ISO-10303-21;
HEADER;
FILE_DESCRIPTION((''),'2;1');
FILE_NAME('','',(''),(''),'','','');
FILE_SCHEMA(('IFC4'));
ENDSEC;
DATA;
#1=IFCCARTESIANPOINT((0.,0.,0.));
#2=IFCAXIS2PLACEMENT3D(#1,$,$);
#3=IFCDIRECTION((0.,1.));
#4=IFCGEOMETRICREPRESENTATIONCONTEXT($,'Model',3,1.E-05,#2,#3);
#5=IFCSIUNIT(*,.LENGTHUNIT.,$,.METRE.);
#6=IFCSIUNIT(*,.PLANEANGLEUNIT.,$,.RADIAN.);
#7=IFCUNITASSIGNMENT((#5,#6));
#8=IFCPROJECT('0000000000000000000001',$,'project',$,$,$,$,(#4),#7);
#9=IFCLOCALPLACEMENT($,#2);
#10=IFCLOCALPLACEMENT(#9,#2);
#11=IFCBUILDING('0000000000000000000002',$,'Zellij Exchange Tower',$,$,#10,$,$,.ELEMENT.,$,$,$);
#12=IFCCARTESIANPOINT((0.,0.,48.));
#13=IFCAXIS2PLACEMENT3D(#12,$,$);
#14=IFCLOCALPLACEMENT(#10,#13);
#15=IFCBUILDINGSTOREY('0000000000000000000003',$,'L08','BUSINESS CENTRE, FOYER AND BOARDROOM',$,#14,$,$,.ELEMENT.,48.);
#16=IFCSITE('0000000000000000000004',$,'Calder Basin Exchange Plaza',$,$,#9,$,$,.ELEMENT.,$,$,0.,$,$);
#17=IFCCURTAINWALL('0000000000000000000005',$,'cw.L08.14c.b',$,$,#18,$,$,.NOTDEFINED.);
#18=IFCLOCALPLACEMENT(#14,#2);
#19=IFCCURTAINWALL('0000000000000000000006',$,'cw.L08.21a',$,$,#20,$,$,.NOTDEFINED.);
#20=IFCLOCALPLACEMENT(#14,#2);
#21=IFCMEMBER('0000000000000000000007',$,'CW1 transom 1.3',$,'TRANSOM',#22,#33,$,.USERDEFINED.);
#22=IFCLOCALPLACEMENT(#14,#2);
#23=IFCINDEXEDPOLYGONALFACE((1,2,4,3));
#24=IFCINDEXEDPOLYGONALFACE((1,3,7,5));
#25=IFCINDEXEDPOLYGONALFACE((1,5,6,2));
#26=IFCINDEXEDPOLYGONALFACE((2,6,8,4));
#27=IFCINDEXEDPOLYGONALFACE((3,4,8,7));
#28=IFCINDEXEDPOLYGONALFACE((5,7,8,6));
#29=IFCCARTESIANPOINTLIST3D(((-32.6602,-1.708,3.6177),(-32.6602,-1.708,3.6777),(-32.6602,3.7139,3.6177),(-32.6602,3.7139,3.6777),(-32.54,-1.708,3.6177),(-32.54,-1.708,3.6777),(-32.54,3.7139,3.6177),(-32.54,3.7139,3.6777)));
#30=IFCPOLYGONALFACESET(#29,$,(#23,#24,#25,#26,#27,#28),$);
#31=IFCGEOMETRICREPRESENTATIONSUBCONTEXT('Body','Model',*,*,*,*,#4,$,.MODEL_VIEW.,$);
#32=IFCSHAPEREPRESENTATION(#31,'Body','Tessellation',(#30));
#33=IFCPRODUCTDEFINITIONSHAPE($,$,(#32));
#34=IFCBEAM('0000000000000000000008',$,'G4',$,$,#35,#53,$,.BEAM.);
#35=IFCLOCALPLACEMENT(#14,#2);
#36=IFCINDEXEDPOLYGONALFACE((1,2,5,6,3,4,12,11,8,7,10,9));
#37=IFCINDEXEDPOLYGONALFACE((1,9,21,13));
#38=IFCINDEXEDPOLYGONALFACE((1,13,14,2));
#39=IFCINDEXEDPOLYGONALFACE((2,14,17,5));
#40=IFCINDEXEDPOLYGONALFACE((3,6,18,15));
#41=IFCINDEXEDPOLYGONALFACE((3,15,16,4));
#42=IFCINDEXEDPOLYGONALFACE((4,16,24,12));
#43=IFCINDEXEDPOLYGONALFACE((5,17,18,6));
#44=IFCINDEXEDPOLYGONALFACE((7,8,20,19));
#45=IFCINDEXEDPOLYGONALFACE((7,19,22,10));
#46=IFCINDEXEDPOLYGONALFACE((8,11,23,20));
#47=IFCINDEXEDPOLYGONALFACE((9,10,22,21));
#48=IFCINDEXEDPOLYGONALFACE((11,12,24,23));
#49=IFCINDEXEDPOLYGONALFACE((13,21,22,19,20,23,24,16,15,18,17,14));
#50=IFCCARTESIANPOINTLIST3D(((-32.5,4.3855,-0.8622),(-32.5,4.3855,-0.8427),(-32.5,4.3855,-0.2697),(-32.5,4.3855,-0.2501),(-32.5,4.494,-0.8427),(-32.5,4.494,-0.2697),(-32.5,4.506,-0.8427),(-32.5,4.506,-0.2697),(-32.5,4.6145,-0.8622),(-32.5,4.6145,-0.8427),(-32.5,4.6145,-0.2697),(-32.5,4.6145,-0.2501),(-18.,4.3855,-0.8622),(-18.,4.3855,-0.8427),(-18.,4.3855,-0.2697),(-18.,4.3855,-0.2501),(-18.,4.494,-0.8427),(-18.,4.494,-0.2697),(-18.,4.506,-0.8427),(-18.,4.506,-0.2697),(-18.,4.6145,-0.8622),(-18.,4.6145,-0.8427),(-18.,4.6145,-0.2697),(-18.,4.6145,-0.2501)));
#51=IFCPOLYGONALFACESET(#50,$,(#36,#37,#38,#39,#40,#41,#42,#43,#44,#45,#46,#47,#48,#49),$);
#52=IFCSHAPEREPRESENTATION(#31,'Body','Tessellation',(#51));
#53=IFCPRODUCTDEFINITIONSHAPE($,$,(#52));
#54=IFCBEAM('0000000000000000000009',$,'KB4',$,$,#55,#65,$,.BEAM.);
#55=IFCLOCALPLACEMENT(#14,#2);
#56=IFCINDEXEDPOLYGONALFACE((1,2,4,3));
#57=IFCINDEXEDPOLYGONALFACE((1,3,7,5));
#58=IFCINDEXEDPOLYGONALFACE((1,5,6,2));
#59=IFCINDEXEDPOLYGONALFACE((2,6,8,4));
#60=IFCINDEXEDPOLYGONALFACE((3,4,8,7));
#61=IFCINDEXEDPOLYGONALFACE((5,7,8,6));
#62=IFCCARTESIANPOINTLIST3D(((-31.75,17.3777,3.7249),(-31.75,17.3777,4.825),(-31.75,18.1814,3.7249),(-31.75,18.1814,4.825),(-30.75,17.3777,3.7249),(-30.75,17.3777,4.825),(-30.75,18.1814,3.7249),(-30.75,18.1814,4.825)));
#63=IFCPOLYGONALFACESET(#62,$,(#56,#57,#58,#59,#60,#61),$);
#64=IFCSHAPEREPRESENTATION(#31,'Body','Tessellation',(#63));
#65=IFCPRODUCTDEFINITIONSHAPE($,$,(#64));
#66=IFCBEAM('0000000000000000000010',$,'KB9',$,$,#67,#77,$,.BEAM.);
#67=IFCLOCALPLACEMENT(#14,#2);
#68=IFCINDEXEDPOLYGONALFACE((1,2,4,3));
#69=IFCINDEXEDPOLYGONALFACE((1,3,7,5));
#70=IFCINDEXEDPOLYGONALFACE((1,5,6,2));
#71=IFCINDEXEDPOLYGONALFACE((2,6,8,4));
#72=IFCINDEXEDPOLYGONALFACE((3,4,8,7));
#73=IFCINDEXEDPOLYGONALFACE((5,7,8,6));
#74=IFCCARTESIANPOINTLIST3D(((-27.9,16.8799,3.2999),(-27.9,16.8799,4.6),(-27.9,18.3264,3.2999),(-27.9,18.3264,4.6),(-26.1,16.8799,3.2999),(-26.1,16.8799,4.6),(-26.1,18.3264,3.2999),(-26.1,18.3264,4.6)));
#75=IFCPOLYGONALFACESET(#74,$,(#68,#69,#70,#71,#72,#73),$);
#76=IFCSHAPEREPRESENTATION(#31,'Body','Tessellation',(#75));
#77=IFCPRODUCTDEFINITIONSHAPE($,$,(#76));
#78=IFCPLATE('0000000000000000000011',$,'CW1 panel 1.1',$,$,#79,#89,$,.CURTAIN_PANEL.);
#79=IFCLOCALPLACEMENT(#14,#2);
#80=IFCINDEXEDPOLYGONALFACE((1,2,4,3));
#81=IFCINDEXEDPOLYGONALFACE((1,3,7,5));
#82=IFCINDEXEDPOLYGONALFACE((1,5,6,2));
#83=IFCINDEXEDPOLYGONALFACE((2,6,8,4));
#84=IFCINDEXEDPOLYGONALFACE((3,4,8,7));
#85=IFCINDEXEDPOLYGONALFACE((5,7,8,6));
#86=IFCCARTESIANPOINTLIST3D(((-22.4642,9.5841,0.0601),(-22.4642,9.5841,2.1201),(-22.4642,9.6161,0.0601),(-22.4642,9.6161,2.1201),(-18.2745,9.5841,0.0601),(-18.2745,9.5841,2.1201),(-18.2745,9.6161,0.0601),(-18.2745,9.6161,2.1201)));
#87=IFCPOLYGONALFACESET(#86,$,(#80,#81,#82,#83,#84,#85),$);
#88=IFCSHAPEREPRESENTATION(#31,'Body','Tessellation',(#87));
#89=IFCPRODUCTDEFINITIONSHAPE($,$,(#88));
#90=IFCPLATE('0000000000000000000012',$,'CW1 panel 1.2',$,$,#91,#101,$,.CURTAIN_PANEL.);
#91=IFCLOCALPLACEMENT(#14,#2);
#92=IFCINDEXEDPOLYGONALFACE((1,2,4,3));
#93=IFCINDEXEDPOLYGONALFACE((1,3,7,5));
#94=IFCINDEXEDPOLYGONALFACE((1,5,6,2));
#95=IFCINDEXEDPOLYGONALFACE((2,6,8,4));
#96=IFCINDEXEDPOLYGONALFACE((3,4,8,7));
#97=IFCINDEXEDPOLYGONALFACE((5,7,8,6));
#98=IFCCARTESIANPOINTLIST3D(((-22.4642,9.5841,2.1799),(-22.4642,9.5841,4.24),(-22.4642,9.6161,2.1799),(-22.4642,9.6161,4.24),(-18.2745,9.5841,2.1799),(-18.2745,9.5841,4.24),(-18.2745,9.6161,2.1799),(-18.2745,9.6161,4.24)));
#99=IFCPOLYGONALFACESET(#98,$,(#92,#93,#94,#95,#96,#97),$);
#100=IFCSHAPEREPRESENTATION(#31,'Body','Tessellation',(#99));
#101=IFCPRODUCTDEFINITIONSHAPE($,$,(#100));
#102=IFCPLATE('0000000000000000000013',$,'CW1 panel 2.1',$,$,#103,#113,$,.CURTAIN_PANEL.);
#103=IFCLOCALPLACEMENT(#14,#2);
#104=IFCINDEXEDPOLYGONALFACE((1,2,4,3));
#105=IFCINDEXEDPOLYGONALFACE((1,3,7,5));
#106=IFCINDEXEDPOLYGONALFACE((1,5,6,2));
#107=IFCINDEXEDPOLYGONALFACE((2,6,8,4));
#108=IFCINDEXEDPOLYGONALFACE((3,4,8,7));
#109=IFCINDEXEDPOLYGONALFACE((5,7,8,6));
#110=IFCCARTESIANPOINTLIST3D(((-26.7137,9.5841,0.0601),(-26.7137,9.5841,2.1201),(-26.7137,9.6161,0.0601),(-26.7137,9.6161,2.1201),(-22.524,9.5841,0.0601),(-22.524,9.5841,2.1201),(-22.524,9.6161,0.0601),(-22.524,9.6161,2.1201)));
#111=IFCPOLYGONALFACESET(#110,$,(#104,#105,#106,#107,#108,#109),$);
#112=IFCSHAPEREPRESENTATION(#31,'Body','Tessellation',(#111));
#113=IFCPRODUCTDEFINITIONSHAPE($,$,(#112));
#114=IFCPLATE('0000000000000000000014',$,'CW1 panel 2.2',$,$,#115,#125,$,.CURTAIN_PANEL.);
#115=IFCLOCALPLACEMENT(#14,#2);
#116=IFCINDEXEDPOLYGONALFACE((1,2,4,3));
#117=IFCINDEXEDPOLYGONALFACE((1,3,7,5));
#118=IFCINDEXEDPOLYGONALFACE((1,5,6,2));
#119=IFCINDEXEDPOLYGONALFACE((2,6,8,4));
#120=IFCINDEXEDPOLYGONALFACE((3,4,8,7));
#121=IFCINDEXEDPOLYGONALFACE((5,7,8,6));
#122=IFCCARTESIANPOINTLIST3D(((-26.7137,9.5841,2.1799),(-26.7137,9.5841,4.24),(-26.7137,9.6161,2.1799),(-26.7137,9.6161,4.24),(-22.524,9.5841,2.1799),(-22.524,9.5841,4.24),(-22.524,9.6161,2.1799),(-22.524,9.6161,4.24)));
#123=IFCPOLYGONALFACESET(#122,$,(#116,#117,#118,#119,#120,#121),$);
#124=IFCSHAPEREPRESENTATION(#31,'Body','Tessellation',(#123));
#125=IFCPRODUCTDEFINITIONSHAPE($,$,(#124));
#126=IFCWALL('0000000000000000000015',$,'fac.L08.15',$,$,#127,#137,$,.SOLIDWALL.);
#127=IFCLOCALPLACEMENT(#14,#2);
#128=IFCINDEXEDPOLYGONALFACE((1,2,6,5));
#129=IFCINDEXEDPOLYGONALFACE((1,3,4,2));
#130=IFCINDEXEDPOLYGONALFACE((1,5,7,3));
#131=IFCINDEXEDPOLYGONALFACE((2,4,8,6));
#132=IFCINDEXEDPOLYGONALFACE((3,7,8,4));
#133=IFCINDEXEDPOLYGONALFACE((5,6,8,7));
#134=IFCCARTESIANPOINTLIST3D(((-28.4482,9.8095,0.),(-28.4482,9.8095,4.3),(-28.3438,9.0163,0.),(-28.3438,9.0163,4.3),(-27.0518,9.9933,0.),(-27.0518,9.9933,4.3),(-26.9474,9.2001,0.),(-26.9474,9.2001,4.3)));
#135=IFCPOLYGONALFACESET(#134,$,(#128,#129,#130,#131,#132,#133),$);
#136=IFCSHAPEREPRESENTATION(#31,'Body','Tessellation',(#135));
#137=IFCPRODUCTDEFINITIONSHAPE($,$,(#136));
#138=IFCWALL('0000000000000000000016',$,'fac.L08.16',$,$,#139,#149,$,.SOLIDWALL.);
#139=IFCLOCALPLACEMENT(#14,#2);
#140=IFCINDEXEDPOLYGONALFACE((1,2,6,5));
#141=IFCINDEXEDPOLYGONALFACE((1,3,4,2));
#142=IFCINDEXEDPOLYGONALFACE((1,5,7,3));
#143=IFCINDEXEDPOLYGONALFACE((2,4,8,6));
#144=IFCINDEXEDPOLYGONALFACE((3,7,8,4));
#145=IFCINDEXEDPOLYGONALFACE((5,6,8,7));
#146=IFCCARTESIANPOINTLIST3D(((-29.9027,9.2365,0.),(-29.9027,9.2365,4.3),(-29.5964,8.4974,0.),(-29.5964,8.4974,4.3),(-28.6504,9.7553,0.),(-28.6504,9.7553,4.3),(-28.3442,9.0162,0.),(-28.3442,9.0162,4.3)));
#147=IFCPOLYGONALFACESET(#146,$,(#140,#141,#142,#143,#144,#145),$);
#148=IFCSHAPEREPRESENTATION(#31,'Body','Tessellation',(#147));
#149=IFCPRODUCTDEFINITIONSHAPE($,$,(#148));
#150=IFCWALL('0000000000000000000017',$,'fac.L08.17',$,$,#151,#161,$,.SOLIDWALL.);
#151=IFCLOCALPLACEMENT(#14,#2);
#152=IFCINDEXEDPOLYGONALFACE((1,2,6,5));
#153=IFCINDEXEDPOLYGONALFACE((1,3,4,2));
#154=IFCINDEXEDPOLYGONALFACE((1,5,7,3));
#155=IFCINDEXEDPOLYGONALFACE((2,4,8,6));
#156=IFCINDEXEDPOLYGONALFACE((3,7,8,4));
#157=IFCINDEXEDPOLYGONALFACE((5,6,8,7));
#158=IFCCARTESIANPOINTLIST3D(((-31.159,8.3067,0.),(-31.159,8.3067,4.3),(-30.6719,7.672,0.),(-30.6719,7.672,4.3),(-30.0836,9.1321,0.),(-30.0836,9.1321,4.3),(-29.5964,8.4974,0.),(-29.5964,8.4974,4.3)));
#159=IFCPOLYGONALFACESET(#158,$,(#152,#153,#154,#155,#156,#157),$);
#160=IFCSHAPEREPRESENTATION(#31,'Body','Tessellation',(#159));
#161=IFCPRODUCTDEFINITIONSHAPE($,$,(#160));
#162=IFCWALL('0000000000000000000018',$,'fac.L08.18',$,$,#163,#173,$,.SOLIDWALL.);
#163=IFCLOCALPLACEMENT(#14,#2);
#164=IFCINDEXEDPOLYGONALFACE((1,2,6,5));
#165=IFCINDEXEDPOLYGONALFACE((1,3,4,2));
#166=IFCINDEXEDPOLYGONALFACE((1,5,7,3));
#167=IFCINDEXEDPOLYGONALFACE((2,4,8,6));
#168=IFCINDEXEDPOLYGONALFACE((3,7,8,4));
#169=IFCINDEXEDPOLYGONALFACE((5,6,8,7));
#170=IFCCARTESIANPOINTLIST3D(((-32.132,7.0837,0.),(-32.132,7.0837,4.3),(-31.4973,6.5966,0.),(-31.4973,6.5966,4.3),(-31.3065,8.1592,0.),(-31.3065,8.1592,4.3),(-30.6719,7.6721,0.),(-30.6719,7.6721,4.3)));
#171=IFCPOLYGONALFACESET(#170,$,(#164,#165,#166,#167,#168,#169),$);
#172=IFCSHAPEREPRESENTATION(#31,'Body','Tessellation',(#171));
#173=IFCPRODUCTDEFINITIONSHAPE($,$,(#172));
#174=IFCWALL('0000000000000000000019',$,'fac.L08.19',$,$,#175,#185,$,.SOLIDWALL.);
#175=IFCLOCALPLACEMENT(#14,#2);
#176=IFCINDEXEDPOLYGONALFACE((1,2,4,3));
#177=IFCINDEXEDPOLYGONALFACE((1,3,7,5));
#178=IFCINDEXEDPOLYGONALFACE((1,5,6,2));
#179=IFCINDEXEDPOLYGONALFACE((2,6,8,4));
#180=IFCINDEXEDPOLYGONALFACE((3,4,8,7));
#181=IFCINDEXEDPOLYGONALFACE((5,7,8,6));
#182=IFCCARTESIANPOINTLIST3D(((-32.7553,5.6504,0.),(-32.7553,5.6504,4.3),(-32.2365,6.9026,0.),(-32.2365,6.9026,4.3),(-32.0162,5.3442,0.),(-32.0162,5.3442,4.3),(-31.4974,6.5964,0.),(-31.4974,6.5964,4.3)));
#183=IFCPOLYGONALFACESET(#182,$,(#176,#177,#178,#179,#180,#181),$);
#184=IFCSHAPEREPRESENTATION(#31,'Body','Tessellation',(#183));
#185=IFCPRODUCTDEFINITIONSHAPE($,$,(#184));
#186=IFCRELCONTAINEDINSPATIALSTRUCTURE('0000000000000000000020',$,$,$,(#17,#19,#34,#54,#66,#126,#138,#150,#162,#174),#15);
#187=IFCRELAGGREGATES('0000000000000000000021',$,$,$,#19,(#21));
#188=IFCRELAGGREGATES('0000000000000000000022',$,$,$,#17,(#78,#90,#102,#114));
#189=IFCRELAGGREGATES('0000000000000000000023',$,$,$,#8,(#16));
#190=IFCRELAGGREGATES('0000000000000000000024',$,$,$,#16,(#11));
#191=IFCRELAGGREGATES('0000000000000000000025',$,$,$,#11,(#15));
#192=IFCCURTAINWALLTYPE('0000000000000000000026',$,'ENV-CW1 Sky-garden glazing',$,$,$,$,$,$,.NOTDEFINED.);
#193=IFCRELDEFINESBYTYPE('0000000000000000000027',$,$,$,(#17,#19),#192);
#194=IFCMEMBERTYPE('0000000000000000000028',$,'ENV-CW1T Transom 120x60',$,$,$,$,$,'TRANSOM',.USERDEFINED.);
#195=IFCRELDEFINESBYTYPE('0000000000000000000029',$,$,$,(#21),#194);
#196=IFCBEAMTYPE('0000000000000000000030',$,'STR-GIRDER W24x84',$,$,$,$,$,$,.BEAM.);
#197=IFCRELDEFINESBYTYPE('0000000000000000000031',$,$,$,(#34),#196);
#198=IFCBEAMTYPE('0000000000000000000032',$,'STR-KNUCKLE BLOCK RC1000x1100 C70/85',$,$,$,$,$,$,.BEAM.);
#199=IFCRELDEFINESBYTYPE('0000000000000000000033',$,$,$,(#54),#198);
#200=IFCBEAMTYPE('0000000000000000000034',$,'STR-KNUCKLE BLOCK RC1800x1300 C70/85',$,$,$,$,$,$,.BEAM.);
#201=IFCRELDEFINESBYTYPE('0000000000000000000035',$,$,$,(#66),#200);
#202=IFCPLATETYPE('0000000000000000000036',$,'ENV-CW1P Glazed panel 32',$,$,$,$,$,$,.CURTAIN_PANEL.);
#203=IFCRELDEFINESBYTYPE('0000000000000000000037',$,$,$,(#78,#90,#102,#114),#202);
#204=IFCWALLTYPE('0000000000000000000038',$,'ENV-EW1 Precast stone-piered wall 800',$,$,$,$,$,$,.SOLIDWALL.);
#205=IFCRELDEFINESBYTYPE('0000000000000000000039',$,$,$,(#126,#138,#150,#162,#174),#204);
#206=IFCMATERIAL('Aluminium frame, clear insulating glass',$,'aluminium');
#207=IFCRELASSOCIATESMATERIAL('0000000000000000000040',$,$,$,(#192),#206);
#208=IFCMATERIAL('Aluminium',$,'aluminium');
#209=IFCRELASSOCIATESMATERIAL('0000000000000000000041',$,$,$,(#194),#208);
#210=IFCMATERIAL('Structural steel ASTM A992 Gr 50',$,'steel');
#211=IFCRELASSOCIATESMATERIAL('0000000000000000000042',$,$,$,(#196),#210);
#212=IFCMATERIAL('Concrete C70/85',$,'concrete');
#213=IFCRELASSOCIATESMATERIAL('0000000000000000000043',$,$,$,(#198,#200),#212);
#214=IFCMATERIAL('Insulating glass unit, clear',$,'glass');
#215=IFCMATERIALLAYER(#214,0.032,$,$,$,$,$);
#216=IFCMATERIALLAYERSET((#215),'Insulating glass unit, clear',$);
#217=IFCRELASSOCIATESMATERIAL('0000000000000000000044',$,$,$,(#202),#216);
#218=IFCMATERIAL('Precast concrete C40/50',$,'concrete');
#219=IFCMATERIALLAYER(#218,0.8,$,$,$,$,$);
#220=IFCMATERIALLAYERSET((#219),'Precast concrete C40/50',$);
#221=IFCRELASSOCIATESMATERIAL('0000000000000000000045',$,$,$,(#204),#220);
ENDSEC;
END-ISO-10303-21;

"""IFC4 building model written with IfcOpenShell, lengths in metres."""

from ifc_helpers import new_model, si_unit, direction, frame, frame_2d, origin, origin_2d, place, context, subcontext, project, spatial, rectangle, i_section, extrude, material, layer, layer_set, material_profile, profile_set, type_object, element, aggregate, save


model = new_model("IFC4")

# Units and contexts
model_context = context("Model", 3, precision=1e-05, world=origin(), true_north=direction((0.0, 1.0)))
body_context = subcontext(model_context, "Body", "Model", "MODEL_VIEW")
ifc_project = project(units=[si_unit("LENGTHUNIT", "METRE"), si_unit("PLANEANGLEUNIT", "RADIAN")], contexts=[model_context])

# Site, building, storey
site_placement = place(None, origin())
site = spatial("IfcSite", under=ifc_project, at=site_placement, Name="Calder Basin Exchange Plaza", CompositionType="ELEMENT", RefElevation=0.0)
building_placement = place(site_placement, origin())
building = spatial("IfcBuilding", under=site, at=building_placement, Name="Zellij Exchange Tower", CompositionType="ELEMENT")
storey_placement = place(building_placement, frame((0.0, 0.0, 48.0)))
storey = spatial("IfcBuildingStorey", under=building, at=storey_placement, Name="L08", Description="BUSINESS CENTRE, FOYER AND BOARDROOM", CompositionType="ELEMENT", Elevation=48.0)

# Shared definitions
ifc_material_1 = material(Name="Concrete C70/85", Category="concrete")

# Curtain wall
ifc_material_2 = material(Name="Aluminium frame, clear insulating glass", Category="aluminium")
curtain_wall_type = type_object("IfcCurtainWallType", Name="ENV-CW1 Sky-garden glazing", PredefinedType="NOTDEFINED", material=ifc_material_2)
curtain_wall_1_placement = place(storey_placement, origin())
curtain_wall_1 = element("IfcCurtainWall", 1, at=curtain_wall_1_placement, inside=storey, type_object=curtain_wall_type, Name="cw.L08.14c.b", PredefinedType="NOTDEFINED")
ifc_material_3 = material(Name="Aluminium", Category="aluminium")

# Curtain wall
curtain_wall_2_placement = place(storey_placement, origin())
curtain_wall_2 = element("IfcCurtainWall", 2, at=curtain_wall_2_placement, inside=storey, type_object=curtain_wall_type, Name="cw.L08.21a", PredefinedType="NOTDEFINED")

# Member
ifc_material_profile_1 = material_profile(ifc_material_3, rectangle(XDim=0.1201, YDim=0.0601, at=origin_2d()), Name="AL 120x60")
ifc_profile_set_1 = profile_set([ifc_material_profile_1], Name="Aluminium")
member_type_1 = type_object("IfcMemberType", Name="ENV-CW1T Transom 120x60", ElementType="TRANSOM", PredefinedType="USERDEFINED", material=ifc_profile_set_1)
member_1_placement = place(storey_placement, frame((-32.6001, 3.7139, 3.6477), z_axis=(0.0, -1.0, 0.0), x_axis=(1.0, 0.0, 0.0)))
member_1 = element("IfcMember", 3, at=member_1_placement, type_object=member_type_1, Name="CW1 transom 1.3", ObjectType="TRANSOM", PredefinedType="USERDEFINED", context=body_context, shape_type="SweptSolid", body=[
    extrude(rectangle(XDim=0.1201, YDim=0.0601, at=origin_2d()), origin(), (0.0, 0.0, 1.0), 5.4219),
])
aggregate(curtain_wall_2, [member_1])

# Beams
ifc_material_4 = material(Name="Structural steel ASTM A992 Gr 50", Category="steel")
ifc_material_profile_2 = material_profile(ifc_material_4, i_section(OverallWidth=0.229, OverallDepth=0.6121, WebThickness=0.012, FlangeThickness=0.0195, at=origin_2d()), Name="W24x84")
ifc_profile_set_2 = profile_set([ifc_material_profile_2], Name="Structural steel ASTM A992 Gr 50")
beam_type_1 = type_object("IfcBeamType", Name="STR-GIRDER W24x84", PredefinedType="BEAM", material=ifc_profile_set_2)
beam_1_placement = place(storey_placement, frame((-32.5, 4.5, -0.5562), z_axis=(1.0, 0.0, 0.0), x_axis=(0.0, 1.0, 0.0)))
element("IfcBeam", 4, at=beam_1_placement, inside=storey, type_object=beam_type_1, Name="G4", PredefinedType="BEAM", context=body_context, shape_type="SweptSolid", body=[
    extrude(i_section(OverallWidth=0.229, OverallDepth=0.6121, WebThickness=0.012, FlangeThickness=0.0195, at=origin_2d()), origin(), (0.0, 0.0, 1.0), 14.5),
])
ifc_material_profile_3 = material_profile(ifc_material_1, rectangle(XDim=1.0, YDim=1.1001, at=origin_2d()), Name="STR-KNUCKLE BLOCK RC1000x1100 C70/85")
ifc_profile_set_3 = profile_set([ifc_material_profile_3], Name="Concrete C70/85")
beam_type_2 = type_object("IfcBeamType", Name="STR-KNUCKLE BLOCK RC1000x1100 C70/85", PredefinedType="BEAM", material=ifc_profile_set_3)
beam_2_placement = place(storey_placement, frame((-31.25, 17.3777, 4.2749), z_axis=(0.0, 1.0, 0.0), x_axis=(-1.0, 0.0, 0.0)))
element("IfcBeam", 5, at=beam_2_placement, inside=storey, type_object=beam_type_2, Name="KB4", PredefinedType="BEAM", context=body_context, shape_type="SweptSolid", body=[
    extrude(rectangle(XDim=1.0, YDim=1.1001, at=origin_2d()), origin(), (0.0, 0.0, 1.0), 0.8037),
])
ifc_material_profile_4 = material_profile(ifc_material_1, rectangle(XDim=1.8, YDim=1.3, at=origin_2d()), Name="STR-KNUCKLE BLOCK RC1800x1300 C70/85")
ifc_profile_set_4 = profile_set([ifc_material_profile_4], Name="Concrete C70/85")
beam_type_3 = type_object("IfcBeamType", Name="STR-KNUCKLE BLOCK RC1800x1300 C70/85", PredefinedType="BEAM", material=ifc_profile_set_4)
beam_3_placement = place(storey_placement, frame((-27.0, 16.8799, 3.95), z_axis=(0.0, 1.0, 0.0), x_axis=(-1.0, 0.0, 0.0)))
element("IfcBeam", 6, at=beam_3_placement, inside=storey, type_object=beam_type_3, Name="KB9", PredefinedType="BEAM", context=body_context, shape_type="SweptSolid", body=[
    extrude(rectangle(XDim=1.8, YDim=1.3, at=origin_2d()), origin(), (0.0, 0.0, 1.0), 1.4465),
])

# Plates
ifc_material_5 = material(Name="Insulating glass unit, clear", Category="glass")
ifc_layer_1 = layer(ifc_material_5, 0.032)
ifc_layer_set_1 = layer_set([ifc_layer_1], Name="Insulating glass unit, clear")
plate_type = type_object("IfcPlateType", Name="ENV-CW1P Glazed panel 32", PredefinedType="CURTAIN_PANEL", material=ifc_layer_set_1)
plate_1_placement = place(storey_placement, frame((-20.3694, 9.6001, 0.0601), z_axis=(0.0, 0.0, 1.0), x_axis=(-1.0, 0.0, 0.0)))
plate_1 = element("IfcPlate", 7, at=plate_1_placement, type_object=plate_type, Name="CW1 panel 1.1", PredefinedType="CURTAIN_PANEL", context=body_context, shape_type="SweptSolid", body=[
    extrude(rectangle(XDim=4.1897, YDim=0.032, at=origin_2d()), origin(), (0.0, 0.0, 1.0), 2.0601),
])
plate_2_placement = place(storey_placement, frame((-20.3694, 9.6001, 2.1799), z_axis=(0.0, 0.0, 1.0), x_axis=(-1.0, 0.0, 0.0)))
plate_2 = element("IfcPlate", 8, at=plate_2_placement, type_object=plate_type, Name="CW1 panel 1.2", PredefinedType="CURTAIN_PANEL", context=body_context, shape_type="SweptSolid", body=[
    extrude(rectangle(XDim=4.1897, YDim=0.032, at=origin_2d()), origin(), (0.0, 0.0, 1.0), 2.0601),
])
plate_3_placement = place(storey_placement, frame((-24.6189, 9.6001, 0.0601), z_axis=(0.0, 0.0, 1.0), x_axis=(-1.0, 0.0, 0.0)))
plate_3 = element("IfcPlate", 9, at=plate_3_placement, type_object=plate_type, Name="CW1 panel 2.1", PredefinedType="CURTAIN_PANEL", context=body_context, shape_type="SweptSolid", body=[
    extrude(rectangle(XDim=4.1897, YDim=0.032, at=origin_2d()), origin(), (0.0, 0.0, 1.0), 2.0601),
])
plate_4_placement = place(storey_placement, frame((-24.6189, 9.6001, 2.1799), z_axis=(0.0, 0.0, 1.0), x_axis=(-1.0, 0.0, 0.0)))
plate_4 = element("IfcPlate", 10, at=plate_4_placement, type_object=plate_type, Name="CW1 panel 2.2", PredefinedType="CURTAIN_PANEL", context=body_context, shape_type="SweptSolid", body=[
    extrude(rectangle(XDim=4.1897, YDim=0.032, at=origin_2d()), origin(), (0.0, 0.0, 1.0), 2.0601),
])
aggregate(curtain_wall_1, [plate_1, plate_2, plate_3, plate_4])

# Walls
ifc_material_6 = material(Name="Precast concrete C40/50", Category="concrete")
ifc_layer_2 = layer(ifc_material_6, 0.8)
ifc_layer_set_2 = layer_set([ifc_layer_2], Name="Precast concrete C40/50")
wall_type = type_object("IfcWallType", Name="ENV-EW1 Precast stone-piered wall 800", PredefinedType="SOLIDWALL", material=ifc_layer_set_2)
wall_1_placement = place(storey_placement, frame((-26.9998, 9.5967, 0.0), z_axis=(0.0, 0.0, 1.0), x_axis=(-0.991446, -0.130517, 0.0)))
element("IfcWall", 11, at=wall_1_placement, inside=storey, type_object=wall_type, Name="fac.L08.15", PredefinedType="SOLIDWALL", context=body_context, shape_type="SweptSolid", body=[
    extrude(rectangle(XDim=1.4084, YDim=0.8, at=frame_2d((0.7041, 0.0))), origin(), (0.0, 0.0, 1.0), 4.3),
])
wall_2_placement = place(storey_placement, frame((-28.4973, 9.3857, 0.0), z_axis=(0.0, 0.0, 1.0), x_axis=(-0.923848, -0.38276, 0.0)))
element("IfcWall", 12, at=wall_2_placement, inside=storey, type_object=wall_type, Name="fac.L08.16", PredefinedType="SOLIDWALL", context=body_context, shape_type="SweptSolid", body=[
    extrude(rectangle(XDim=1.3555, YDim=0.8, at=frame_2d((0.6777, 0.0))), origin(), (0.0, 0.0, 1.0), 4.3),
])
for number, where, z_axis, x_axis, name in (
    (13, (-29.8401, 8.8147, 0.0), (0.0, 0.0, 1.0), (-0.793273, -0.608866, 0.0), "fac.L08.17"),
    (14, (-30.9893, 7.9155, 0.0), (0.0, 0.0, 1.0), (-0.608866, -0.793273, 0.0), "fac.L08.18"),
):
    element("IfcWall", number, at=place(storey_placement, frame(where, z_axis=z_axis, x_axis=x_axis)), inside=storey, type_object=wall_type, Name=name, PredefinedType="SOLIDWALL", context=body_context, shape_type="SweptSolid", body=[
        extrude(rectangle(XDim=1.3557, YDim=0.8, at=frame_2d((0.6777, 0.0))), origin(), (0.0, 0.0, 1.0), 4.3),
    ])
wall_3_placement = place(storey_placement, frame((-31.8669, 6.7495, 0.0), z_axis=(0.0, 0.0, 1.0), x_axis=(-0.38276, -0.923848, 0.0)))
element("IfcWall", 15, at=wall_3_placement, inside=storey, type_object=wall_type, Name="fac.L08.19", PredefinedType="SOLIDWALL", context=body_context, shape_type="SweptSolid", body=[
    extrude(rectangle(XDim=1.3555, YDim=0.8, at=frame_2d((0.6777, 0.0))), origin(), (0.0, 0.0, 1.0), 4.3),
])

save(model, "model.ifc")
